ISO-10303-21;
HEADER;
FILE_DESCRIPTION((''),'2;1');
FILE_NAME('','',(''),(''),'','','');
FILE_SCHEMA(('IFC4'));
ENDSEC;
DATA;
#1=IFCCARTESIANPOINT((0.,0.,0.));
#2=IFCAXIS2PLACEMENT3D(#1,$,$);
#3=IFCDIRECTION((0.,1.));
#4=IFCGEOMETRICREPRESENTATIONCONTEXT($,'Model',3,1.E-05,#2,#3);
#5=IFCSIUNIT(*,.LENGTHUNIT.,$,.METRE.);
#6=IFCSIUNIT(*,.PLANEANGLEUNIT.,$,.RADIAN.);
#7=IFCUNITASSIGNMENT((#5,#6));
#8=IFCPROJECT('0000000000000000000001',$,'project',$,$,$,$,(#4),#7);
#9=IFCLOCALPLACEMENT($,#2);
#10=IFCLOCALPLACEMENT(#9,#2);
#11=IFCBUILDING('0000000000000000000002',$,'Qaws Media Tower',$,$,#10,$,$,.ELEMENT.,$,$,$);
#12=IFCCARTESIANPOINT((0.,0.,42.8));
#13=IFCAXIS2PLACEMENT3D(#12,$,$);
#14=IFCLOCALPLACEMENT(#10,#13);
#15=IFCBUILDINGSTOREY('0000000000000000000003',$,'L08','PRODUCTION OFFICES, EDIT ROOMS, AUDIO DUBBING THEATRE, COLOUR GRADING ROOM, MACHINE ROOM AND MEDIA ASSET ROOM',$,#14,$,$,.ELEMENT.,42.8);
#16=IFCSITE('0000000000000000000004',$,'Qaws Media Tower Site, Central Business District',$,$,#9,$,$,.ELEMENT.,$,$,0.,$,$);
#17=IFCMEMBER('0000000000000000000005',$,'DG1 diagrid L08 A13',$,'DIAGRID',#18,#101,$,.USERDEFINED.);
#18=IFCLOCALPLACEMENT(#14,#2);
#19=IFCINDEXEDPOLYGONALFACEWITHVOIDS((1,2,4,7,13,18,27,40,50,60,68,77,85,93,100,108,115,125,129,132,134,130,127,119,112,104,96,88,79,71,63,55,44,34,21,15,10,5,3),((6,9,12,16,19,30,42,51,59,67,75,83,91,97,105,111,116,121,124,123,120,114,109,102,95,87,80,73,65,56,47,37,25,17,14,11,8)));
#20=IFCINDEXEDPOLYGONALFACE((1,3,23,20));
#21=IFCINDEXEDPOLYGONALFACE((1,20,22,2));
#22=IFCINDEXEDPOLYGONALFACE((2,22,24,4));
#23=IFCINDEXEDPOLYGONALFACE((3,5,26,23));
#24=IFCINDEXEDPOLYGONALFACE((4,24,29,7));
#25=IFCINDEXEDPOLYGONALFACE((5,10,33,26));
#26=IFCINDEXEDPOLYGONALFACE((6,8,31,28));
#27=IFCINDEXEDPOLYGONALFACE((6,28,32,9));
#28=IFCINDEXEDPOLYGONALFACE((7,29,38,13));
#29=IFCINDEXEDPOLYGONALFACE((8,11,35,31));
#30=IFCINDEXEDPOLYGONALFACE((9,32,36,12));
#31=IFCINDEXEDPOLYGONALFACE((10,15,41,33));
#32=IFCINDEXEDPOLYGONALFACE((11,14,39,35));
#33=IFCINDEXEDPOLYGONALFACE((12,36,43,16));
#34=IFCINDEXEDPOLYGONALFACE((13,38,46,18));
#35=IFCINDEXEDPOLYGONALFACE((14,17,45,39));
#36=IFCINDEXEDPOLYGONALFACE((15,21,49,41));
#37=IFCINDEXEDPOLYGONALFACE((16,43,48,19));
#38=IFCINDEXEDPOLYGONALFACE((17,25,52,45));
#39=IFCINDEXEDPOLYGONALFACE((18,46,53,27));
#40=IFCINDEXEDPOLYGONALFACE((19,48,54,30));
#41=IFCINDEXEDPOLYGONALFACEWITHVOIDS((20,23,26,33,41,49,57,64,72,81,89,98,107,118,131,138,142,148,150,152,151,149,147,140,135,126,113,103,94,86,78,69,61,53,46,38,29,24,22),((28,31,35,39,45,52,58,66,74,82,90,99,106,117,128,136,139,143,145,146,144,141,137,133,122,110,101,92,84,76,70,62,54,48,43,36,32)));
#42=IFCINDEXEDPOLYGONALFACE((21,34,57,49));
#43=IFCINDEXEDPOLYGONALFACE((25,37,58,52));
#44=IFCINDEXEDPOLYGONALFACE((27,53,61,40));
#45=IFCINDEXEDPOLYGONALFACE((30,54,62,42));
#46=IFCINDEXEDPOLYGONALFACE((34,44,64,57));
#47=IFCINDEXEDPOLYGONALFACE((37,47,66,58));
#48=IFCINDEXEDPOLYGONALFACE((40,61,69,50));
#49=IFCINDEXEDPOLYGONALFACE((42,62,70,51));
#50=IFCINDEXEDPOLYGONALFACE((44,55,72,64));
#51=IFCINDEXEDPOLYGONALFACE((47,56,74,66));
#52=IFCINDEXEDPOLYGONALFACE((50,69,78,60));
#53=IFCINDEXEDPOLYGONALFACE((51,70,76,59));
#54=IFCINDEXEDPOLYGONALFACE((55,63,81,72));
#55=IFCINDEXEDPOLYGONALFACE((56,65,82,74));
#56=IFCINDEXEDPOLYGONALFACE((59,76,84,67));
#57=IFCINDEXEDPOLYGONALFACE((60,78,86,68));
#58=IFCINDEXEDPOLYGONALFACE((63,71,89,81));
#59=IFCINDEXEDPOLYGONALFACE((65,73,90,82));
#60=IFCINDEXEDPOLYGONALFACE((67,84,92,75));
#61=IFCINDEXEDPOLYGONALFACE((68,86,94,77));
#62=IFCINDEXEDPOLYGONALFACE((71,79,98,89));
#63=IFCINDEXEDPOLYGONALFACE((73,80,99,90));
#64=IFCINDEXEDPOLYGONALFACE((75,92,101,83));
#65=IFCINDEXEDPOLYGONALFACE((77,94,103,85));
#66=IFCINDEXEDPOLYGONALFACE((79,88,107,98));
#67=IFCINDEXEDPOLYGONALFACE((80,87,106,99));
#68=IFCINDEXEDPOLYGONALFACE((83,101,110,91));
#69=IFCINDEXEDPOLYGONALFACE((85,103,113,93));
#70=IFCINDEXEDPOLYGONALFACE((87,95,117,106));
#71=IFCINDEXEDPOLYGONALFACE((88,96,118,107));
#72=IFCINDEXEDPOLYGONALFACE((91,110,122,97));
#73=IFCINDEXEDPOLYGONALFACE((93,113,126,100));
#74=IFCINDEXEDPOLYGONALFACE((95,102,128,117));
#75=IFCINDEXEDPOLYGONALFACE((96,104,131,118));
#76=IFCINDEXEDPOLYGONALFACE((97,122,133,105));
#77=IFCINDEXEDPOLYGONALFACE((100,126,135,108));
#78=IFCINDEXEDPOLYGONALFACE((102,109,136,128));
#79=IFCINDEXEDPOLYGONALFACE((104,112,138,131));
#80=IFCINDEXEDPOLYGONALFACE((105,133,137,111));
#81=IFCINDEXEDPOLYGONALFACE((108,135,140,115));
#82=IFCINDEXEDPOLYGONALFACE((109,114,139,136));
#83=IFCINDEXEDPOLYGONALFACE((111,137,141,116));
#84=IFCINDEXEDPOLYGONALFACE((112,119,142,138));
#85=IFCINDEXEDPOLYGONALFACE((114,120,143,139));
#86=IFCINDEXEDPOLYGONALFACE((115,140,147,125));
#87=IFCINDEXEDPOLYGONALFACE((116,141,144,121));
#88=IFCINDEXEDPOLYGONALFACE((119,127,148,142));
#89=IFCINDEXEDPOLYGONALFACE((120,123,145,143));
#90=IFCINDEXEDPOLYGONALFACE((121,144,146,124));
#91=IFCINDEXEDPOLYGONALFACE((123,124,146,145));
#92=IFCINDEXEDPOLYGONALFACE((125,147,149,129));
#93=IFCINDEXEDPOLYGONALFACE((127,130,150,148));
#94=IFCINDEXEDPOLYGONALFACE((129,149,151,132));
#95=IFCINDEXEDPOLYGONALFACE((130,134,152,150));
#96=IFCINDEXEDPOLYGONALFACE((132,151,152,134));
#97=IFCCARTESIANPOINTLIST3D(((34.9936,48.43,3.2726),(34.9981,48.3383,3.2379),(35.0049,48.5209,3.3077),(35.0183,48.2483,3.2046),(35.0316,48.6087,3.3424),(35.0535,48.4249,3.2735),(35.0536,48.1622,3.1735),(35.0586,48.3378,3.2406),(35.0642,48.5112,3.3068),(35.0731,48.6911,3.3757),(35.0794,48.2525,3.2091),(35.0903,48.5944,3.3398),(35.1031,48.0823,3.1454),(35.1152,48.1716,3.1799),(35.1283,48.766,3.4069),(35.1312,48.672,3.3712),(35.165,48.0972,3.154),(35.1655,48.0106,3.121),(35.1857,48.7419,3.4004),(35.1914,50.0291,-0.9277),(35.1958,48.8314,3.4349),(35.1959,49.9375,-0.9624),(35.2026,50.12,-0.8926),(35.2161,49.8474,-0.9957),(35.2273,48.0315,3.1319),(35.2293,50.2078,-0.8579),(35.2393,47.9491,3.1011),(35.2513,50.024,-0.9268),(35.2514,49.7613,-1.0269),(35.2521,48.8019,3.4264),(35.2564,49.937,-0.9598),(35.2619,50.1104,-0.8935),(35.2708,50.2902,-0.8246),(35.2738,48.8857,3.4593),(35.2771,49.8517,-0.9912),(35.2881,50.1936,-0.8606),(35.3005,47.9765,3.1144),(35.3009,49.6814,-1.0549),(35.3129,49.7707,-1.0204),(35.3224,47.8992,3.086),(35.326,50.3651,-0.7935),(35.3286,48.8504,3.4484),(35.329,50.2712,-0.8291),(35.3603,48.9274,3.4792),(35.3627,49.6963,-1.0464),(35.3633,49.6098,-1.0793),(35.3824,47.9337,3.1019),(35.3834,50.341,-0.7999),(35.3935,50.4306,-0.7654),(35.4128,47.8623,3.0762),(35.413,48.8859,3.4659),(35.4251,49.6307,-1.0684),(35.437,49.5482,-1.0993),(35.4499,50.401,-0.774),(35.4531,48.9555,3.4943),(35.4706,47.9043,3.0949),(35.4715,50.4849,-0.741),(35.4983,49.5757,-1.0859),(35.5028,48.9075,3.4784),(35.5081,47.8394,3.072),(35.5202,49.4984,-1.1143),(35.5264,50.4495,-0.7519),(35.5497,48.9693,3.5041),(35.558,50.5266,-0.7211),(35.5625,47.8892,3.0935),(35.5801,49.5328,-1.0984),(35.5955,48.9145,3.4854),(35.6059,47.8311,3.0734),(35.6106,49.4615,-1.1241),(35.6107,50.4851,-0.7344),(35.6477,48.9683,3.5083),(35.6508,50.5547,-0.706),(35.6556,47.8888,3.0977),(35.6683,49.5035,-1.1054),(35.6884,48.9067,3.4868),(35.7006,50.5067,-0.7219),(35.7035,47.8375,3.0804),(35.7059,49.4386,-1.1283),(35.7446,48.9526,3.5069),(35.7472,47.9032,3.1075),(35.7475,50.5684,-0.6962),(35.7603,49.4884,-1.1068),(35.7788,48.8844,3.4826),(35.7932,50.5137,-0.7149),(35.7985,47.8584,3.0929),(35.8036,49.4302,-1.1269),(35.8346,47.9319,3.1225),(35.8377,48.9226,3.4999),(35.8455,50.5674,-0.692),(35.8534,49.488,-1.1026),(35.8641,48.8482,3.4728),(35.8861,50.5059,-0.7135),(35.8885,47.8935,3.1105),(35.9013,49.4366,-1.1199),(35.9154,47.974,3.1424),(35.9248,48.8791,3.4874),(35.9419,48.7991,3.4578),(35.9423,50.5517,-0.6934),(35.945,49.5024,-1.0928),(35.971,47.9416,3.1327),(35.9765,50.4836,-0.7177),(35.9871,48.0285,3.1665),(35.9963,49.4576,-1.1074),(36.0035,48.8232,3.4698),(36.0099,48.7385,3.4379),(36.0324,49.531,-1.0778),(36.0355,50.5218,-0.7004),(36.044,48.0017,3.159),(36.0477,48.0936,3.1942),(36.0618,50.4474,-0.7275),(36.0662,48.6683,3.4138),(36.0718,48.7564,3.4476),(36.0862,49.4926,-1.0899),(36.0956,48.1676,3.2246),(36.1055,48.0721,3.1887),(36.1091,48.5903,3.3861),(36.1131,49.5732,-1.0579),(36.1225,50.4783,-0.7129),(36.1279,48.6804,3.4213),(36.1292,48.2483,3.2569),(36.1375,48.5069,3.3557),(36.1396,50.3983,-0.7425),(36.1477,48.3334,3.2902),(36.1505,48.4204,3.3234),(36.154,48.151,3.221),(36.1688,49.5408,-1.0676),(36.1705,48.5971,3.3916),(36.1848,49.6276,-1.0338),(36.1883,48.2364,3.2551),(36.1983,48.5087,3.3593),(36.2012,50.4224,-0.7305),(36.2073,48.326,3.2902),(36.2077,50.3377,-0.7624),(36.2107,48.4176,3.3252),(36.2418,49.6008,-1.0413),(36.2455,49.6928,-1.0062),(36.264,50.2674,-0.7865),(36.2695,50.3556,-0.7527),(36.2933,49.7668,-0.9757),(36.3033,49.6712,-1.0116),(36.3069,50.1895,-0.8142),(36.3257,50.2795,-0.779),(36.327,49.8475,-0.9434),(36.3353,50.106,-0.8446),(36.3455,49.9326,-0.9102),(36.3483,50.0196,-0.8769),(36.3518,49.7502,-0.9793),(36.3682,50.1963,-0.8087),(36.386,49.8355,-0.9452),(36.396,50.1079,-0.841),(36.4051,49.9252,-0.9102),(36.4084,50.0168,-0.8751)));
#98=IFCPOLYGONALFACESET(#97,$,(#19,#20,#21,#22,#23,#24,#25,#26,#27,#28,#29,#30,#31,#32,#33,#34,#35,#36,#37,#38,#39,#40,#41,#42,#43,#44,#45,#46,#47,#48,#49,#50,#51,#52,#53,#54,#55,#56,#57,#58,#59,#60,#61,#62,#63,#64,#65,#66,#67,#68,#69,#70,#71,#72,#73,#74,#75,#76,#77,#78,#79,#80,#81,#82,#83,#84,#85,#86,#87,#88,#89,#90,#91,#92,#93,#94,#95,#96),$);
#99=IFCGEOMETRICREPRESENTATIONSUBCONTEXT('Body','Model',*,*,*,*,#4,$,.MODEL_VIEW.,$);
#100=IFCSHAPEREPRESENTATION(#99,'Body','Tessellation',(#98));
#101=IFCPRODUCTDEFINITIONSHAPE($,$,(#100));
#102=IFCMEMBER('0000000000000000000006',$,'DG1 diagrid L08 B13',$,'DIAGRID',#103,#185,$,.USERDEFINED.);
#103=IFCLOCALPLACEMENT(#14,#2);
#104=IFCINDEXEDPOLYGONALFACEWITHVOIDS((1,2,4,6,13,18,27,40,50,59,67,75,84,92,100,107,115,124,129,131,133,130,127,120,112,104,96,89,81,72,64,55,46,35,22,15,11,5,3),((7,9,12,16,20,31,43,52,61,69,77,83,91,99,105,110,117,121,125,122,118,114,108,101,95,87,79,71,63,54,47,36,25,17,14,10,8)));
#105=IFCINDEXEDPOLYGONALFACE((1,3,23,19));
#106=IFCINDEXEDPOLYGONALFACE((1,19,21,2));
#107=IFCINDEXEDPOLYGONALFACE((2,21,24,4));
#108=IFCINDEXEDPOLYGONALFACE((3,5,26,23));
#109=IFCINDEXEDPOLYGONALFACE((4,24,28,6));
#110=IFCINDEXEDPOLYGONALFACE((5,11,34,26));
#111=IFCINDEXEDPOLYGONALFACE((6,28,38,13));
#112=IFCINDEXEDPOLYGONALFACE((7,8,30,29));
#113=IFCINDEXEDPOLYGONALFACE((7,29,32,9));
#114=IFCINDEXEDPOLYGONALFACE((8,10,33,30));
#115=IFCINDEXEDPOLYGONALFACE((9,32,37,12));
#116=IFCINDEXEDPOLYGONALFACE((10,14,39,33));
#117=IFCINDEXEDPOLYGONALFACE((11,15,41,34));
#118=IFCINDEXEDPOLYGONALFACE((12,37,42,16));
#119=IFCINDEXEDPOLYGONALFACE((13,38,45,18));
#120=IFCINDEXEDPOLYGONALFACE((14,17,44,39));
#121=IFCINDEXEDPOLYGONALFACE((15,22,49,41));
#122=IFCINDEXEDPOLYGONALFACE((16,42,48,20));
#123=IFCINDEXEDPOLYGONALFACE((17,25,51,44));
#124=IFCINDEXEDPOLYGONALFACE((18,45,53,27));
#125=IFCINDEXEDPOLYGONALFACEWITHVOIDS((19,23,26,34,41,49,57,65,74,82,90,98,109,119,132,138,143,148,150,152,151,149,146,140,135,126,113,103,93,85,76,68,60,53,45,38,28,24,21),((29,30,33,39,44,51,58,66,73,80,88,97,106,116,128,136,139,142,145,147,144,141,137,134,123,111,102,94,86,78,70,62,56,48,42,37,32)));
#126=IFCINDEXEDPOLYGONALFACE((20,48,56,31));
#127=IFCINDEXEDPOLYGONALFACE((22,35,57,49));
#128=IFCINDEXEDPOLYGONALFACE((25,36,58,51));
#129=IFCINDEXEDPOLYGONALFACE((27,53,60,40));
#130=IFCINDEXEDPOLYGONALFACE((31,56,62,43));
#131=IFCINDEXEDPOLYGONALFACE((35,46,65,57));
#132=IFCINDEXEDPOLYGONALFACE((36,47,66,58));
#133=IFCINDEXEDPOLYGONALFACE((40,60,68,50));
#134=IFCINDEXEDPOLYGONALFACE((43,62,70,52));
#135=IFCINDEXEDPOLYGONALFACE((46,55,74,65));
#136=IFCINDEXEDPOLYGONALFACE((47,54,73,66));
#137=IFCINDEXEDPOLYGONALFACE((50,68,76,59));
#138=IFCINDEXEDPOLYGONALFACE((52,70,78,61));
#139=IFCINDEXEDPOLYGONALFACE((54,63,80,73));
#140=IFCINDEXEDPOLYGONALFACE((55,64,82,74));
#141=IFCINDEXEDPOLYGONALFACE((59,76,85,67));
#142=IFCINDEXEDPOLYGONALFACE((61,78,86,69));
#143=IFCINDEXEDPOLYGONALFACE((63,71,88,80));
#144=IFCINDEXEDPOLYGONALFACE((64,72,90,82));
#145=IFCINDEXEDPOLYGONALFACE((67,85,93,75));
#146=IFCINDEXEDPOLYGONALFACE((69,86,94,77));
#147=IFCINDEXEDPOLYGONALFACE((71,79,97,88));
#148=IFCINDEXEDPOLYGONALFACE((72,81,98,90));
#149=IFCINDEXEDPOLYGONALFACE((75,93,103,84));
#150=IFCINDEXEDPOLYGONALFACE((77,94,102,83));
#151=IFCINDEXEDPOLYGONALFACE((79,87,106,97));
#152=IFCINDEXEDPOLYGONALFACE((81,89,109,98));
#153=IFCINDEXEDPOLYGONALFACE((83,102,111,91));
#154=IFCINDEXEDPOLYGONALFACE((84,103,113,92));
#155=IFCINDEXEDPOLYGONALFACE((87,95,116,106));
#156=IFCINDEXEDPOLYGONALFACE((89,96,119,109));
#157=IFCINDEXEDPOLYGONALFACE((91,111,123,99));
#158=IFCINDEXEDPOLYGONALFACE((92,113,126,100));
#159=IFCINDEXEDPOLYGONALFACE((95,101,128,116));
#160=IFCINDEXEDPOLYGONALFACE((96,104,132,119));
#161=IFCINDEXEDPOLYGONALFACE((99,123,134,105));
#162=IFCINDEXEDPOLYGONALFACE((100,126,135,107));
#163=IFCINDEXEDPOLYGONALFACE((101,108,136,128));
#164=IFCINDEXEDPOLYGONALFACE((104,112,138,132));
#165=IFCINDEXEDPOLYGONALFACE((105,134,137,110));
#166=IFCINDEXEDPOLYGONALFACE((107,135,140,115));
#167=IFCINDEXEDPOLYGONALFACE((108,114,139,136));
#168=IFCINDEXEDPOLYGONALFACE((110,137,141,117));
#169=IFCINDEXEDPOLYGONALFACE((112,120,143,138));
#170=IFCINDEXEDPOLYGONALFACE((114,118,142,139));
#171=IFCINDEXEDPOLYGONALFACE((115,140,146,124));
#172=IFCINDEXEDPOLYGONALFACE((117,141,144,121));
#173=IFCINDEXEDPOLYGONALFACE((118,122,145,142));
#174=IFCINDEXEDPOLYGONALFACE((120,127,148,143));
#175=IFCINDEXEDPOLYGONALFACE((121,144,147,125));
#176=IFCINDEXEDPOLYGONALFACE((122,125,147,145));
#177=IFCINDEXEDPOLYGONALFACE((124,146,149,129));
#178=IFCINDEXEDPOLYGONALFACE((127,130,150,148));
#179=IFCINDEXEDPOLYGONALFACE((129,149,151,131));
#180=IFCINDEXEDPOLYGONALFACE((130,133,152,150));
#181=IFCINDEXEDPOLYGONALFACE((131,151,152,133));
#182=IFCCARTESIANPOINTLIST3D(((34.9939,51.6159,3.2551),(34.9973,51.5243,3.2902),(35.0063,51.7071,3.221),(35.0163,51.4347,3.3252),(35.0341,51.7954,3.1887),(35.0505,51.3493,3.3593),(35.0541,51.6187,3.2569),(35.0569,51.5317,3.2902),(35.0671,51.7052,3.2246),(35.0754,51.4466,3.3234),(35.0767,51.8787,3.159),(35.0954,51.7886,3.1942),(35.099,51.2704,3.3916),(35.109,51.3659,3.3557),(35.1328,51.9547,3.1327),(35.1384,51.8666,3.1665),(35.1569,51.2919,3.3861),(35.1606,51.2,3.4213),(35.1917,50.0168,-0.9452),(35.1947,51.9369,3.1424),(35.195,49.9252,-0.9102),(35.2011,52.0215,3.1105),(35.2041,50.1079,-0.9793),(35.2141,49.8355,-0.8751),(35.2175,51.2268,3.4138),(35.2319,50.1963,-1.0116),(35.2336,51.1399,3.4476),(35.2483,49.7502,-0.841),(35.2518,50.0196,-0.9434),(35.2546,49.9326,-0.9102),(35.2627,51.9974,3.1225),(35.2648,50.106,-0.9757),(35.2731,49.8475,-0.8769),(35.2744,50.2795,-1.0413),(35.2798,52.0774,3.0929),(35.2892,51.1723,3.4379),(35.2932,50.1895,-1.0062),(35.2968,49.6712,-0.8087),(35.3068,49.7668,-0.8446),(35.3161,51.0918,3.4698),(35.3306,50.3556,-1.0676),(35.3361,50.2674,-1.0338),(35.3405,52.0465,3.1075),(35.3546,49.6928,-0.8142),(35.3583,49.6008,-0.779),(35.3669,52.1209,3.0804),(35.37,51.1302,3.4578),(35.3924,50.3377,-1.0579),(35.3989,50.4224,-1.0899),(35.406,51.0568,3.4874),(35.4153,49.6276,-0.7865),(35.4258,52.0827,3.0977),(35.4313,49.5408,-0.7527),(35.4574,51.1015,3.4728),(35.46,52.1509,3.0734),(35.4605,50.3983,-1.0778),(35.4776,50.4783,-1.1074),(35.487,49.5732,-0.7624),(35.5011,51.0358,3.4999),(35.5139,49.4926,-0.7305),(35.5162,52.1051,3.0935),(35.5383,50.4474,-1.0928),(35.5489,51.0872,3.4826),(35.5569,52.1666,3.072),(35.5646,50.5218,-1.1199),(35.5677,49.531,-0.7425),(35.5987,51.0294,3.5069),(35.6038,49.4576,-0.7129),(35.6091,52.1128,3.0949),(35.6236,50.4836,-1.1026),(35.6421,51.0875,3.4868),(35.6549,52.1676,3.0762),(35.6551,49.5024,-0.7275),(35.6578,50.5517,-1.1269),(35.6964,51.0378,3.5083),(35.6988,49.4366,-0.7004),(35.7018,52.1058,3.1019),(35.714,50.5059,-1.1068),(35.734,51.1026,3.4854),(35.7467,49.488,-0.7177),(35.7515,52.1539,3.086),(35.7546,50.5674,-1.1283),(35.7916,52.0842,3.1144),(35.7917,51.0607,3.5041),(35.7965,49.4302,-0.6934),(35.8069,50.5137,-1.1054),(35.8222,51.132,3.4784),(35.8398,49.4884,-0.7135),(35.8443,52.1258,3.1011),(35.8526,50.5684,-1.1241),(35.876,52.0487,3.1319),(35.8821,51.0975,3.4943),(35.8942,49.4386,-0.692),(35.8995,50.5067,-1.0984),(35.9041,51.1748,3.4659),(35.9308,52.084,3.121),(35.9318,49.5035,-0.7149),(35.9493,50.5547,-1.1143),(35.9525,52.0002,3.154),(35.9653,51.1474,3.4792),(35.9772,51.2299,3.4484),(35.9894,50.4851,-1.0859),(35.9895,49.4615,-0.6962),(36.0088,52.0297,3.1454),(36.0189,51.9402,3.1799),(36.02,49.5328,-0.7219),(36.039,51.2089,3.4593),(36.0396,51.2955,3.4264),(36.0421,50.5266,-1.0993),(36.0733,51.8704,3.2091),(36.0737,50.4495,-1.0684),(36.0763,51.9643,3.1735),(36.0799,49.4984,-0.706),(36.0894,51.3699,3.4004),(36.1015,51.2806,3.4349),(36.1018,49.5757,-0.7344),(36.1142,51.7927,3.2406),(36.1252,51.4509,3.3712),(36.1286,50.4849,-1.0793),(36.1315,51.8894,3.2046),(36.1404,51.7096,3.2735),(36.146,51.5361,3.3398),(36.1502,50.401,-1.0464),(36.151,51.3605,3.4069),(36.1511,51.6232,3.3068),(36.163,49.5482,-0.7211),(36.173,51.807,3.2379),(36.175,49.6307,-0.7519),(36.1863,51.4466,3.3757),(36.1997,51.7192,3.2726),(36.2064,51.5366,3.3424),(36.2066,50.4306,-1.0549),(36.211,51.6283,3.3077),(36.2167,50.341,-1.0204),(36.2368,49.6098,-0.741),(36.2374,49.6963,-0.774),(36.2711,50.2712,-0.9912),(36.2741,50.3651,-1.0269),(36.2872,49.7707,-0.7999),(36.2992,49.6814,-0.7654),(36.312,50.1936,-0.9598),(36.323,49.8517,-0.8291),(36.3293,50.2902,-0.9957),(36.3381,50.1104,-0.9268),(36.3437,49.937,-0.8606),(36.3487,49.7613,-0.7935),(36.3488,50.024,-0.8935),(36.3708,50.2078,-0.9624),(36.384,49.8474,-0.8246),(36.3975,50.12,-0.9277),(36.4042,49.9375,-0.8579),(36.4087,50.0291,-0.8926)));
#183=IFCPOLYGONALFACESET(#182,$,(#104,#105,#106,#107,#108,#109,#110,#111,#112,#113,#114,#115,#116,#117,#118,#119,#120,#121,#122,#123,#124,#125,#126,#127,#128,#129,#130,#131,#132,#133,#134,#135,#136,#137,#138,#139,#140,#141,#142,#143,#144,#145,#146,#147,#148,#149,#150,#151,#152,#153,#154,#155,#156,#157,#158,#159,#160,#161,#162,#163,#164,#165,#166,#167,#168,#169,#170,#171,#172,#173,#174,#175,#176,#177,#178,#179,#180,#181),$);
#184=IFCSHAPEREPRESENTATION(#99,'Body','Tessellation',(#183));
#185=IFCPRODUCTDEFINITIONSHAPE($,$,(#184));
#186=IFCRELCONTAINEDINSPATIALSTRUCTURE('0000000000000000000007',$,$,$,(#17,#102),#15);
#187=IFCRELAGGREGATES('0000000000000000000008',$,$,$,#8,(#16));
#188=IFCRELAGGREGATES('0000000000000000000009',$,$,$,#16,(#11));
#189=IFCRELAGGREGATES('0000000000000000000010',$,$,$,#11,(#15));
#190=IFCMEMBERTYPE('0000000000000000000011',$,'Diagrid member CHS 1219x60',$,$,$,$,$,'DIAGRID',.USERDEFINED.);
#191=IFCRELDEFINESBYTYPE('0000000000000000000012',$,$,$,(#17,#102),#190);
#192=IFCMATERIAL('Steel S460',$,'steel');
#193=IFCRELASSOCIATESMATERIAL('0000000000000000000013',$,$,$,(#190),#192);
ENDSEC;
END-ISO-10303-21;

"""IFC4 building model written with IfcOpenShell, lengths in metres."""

from ifc_helpers import new_model, si_unit, direction, frame, origin, origin_2d, place, context, subcontext, project, spatial, hollow_circle, extrude, material, material_profile, profile_set, type_object, element, save


model = new_model("IFC4")

# Units and contexts
model_context = context("Model", 3, precision=1e-05, world=origin(), true_north=direction((0.0, 1.0)))
body_context = subcontext(model_context, "Body", "Model", "MODEL_VIEW")
ifc_project = project(units=[si_unit("LENGTHUNIT", "METRE"), si_unit("PLANEANGLEUNIT", "RADIAN")], contexts=[model_context])

# Site, building, storey
site_placement = place(None, origin())
site = spatial("IfcSite", under=ifc_project, at=site_placement, Name="Qaws Media Tower Site, Central Business District", CompositionType="ELEMENT", RefElevation=0.0)
building_placement = place(site_placement, origin())
building = spatial("IfcBuilding", under=site, at=building_placement, Name="Qaws Media Tower", CompositionType="ELEMENT")
storey_placement = place(building_placement, frame((0.0, 0.0, 42.8)))
storey = spatial("IfcBuildingStorey", under=building, at=storey_placement, Name="L08", Description="PRODUCTION OFFICES, EDIT ROOMS, AUDIO DUBBING THEATRE, COLOUR GRADING ROOM, MACHINE ROOM AND MEDIA ASSET ROOM", CompositionType="ELEMENT", Elevation=42.8)

# Members
ifc_material_1 = material(Name="Steel S460", Category="steel")
ifc_material_profile_1 = material_profile(ifc_material_1, hollow_circle(Radius=0.6096, WallThickness=0.0601, at=origin_2d()), Name="CHS 1219x60")
ifc_profile_set_1 = profile_set([ifc_material_profile_1], Name="Steel S460")
member_type_1 = type_object("IfcMemberType", Name="Diagrid member CHS 1219x60", ElementType="DIAGRID", PredefinedType="USERDEFINED", material=ifc_profile_set_1)
for number, where, z_axis, x_axis, name in (
    (1, (35.8, 50.0, -0.9102), (-0.043958, -0.355466, 0.933655), (0.99244, -0.122729, 0.0), "DG1 diagrid L08 A13"),
    (2, (35.8, 50.0, -0.9102), (-0.043958, 0.355466, 0.933655), (-0.99244, -0.122729, 0.0), "DG1 diagrid L08 B13"),
):
    element("IfcMember", number, at=place(storey_placement, frame(where, z_axis=z_axis, x_axis=x_axis)), inside=storey, type_object=member_type_1, Name=name, ObjectType="DIAGRID", PredefinedType="USERDEFINED", context=body_context, shape_type="SweptSolid", body=[
        extrude(hollow_circle(Radius=0.6096, WallThickness=0.0601, at=origin_2d()), origin(), (0.0, 0.0, 1.0), 4.4988),
    ])

save(model, "model.ifc")
